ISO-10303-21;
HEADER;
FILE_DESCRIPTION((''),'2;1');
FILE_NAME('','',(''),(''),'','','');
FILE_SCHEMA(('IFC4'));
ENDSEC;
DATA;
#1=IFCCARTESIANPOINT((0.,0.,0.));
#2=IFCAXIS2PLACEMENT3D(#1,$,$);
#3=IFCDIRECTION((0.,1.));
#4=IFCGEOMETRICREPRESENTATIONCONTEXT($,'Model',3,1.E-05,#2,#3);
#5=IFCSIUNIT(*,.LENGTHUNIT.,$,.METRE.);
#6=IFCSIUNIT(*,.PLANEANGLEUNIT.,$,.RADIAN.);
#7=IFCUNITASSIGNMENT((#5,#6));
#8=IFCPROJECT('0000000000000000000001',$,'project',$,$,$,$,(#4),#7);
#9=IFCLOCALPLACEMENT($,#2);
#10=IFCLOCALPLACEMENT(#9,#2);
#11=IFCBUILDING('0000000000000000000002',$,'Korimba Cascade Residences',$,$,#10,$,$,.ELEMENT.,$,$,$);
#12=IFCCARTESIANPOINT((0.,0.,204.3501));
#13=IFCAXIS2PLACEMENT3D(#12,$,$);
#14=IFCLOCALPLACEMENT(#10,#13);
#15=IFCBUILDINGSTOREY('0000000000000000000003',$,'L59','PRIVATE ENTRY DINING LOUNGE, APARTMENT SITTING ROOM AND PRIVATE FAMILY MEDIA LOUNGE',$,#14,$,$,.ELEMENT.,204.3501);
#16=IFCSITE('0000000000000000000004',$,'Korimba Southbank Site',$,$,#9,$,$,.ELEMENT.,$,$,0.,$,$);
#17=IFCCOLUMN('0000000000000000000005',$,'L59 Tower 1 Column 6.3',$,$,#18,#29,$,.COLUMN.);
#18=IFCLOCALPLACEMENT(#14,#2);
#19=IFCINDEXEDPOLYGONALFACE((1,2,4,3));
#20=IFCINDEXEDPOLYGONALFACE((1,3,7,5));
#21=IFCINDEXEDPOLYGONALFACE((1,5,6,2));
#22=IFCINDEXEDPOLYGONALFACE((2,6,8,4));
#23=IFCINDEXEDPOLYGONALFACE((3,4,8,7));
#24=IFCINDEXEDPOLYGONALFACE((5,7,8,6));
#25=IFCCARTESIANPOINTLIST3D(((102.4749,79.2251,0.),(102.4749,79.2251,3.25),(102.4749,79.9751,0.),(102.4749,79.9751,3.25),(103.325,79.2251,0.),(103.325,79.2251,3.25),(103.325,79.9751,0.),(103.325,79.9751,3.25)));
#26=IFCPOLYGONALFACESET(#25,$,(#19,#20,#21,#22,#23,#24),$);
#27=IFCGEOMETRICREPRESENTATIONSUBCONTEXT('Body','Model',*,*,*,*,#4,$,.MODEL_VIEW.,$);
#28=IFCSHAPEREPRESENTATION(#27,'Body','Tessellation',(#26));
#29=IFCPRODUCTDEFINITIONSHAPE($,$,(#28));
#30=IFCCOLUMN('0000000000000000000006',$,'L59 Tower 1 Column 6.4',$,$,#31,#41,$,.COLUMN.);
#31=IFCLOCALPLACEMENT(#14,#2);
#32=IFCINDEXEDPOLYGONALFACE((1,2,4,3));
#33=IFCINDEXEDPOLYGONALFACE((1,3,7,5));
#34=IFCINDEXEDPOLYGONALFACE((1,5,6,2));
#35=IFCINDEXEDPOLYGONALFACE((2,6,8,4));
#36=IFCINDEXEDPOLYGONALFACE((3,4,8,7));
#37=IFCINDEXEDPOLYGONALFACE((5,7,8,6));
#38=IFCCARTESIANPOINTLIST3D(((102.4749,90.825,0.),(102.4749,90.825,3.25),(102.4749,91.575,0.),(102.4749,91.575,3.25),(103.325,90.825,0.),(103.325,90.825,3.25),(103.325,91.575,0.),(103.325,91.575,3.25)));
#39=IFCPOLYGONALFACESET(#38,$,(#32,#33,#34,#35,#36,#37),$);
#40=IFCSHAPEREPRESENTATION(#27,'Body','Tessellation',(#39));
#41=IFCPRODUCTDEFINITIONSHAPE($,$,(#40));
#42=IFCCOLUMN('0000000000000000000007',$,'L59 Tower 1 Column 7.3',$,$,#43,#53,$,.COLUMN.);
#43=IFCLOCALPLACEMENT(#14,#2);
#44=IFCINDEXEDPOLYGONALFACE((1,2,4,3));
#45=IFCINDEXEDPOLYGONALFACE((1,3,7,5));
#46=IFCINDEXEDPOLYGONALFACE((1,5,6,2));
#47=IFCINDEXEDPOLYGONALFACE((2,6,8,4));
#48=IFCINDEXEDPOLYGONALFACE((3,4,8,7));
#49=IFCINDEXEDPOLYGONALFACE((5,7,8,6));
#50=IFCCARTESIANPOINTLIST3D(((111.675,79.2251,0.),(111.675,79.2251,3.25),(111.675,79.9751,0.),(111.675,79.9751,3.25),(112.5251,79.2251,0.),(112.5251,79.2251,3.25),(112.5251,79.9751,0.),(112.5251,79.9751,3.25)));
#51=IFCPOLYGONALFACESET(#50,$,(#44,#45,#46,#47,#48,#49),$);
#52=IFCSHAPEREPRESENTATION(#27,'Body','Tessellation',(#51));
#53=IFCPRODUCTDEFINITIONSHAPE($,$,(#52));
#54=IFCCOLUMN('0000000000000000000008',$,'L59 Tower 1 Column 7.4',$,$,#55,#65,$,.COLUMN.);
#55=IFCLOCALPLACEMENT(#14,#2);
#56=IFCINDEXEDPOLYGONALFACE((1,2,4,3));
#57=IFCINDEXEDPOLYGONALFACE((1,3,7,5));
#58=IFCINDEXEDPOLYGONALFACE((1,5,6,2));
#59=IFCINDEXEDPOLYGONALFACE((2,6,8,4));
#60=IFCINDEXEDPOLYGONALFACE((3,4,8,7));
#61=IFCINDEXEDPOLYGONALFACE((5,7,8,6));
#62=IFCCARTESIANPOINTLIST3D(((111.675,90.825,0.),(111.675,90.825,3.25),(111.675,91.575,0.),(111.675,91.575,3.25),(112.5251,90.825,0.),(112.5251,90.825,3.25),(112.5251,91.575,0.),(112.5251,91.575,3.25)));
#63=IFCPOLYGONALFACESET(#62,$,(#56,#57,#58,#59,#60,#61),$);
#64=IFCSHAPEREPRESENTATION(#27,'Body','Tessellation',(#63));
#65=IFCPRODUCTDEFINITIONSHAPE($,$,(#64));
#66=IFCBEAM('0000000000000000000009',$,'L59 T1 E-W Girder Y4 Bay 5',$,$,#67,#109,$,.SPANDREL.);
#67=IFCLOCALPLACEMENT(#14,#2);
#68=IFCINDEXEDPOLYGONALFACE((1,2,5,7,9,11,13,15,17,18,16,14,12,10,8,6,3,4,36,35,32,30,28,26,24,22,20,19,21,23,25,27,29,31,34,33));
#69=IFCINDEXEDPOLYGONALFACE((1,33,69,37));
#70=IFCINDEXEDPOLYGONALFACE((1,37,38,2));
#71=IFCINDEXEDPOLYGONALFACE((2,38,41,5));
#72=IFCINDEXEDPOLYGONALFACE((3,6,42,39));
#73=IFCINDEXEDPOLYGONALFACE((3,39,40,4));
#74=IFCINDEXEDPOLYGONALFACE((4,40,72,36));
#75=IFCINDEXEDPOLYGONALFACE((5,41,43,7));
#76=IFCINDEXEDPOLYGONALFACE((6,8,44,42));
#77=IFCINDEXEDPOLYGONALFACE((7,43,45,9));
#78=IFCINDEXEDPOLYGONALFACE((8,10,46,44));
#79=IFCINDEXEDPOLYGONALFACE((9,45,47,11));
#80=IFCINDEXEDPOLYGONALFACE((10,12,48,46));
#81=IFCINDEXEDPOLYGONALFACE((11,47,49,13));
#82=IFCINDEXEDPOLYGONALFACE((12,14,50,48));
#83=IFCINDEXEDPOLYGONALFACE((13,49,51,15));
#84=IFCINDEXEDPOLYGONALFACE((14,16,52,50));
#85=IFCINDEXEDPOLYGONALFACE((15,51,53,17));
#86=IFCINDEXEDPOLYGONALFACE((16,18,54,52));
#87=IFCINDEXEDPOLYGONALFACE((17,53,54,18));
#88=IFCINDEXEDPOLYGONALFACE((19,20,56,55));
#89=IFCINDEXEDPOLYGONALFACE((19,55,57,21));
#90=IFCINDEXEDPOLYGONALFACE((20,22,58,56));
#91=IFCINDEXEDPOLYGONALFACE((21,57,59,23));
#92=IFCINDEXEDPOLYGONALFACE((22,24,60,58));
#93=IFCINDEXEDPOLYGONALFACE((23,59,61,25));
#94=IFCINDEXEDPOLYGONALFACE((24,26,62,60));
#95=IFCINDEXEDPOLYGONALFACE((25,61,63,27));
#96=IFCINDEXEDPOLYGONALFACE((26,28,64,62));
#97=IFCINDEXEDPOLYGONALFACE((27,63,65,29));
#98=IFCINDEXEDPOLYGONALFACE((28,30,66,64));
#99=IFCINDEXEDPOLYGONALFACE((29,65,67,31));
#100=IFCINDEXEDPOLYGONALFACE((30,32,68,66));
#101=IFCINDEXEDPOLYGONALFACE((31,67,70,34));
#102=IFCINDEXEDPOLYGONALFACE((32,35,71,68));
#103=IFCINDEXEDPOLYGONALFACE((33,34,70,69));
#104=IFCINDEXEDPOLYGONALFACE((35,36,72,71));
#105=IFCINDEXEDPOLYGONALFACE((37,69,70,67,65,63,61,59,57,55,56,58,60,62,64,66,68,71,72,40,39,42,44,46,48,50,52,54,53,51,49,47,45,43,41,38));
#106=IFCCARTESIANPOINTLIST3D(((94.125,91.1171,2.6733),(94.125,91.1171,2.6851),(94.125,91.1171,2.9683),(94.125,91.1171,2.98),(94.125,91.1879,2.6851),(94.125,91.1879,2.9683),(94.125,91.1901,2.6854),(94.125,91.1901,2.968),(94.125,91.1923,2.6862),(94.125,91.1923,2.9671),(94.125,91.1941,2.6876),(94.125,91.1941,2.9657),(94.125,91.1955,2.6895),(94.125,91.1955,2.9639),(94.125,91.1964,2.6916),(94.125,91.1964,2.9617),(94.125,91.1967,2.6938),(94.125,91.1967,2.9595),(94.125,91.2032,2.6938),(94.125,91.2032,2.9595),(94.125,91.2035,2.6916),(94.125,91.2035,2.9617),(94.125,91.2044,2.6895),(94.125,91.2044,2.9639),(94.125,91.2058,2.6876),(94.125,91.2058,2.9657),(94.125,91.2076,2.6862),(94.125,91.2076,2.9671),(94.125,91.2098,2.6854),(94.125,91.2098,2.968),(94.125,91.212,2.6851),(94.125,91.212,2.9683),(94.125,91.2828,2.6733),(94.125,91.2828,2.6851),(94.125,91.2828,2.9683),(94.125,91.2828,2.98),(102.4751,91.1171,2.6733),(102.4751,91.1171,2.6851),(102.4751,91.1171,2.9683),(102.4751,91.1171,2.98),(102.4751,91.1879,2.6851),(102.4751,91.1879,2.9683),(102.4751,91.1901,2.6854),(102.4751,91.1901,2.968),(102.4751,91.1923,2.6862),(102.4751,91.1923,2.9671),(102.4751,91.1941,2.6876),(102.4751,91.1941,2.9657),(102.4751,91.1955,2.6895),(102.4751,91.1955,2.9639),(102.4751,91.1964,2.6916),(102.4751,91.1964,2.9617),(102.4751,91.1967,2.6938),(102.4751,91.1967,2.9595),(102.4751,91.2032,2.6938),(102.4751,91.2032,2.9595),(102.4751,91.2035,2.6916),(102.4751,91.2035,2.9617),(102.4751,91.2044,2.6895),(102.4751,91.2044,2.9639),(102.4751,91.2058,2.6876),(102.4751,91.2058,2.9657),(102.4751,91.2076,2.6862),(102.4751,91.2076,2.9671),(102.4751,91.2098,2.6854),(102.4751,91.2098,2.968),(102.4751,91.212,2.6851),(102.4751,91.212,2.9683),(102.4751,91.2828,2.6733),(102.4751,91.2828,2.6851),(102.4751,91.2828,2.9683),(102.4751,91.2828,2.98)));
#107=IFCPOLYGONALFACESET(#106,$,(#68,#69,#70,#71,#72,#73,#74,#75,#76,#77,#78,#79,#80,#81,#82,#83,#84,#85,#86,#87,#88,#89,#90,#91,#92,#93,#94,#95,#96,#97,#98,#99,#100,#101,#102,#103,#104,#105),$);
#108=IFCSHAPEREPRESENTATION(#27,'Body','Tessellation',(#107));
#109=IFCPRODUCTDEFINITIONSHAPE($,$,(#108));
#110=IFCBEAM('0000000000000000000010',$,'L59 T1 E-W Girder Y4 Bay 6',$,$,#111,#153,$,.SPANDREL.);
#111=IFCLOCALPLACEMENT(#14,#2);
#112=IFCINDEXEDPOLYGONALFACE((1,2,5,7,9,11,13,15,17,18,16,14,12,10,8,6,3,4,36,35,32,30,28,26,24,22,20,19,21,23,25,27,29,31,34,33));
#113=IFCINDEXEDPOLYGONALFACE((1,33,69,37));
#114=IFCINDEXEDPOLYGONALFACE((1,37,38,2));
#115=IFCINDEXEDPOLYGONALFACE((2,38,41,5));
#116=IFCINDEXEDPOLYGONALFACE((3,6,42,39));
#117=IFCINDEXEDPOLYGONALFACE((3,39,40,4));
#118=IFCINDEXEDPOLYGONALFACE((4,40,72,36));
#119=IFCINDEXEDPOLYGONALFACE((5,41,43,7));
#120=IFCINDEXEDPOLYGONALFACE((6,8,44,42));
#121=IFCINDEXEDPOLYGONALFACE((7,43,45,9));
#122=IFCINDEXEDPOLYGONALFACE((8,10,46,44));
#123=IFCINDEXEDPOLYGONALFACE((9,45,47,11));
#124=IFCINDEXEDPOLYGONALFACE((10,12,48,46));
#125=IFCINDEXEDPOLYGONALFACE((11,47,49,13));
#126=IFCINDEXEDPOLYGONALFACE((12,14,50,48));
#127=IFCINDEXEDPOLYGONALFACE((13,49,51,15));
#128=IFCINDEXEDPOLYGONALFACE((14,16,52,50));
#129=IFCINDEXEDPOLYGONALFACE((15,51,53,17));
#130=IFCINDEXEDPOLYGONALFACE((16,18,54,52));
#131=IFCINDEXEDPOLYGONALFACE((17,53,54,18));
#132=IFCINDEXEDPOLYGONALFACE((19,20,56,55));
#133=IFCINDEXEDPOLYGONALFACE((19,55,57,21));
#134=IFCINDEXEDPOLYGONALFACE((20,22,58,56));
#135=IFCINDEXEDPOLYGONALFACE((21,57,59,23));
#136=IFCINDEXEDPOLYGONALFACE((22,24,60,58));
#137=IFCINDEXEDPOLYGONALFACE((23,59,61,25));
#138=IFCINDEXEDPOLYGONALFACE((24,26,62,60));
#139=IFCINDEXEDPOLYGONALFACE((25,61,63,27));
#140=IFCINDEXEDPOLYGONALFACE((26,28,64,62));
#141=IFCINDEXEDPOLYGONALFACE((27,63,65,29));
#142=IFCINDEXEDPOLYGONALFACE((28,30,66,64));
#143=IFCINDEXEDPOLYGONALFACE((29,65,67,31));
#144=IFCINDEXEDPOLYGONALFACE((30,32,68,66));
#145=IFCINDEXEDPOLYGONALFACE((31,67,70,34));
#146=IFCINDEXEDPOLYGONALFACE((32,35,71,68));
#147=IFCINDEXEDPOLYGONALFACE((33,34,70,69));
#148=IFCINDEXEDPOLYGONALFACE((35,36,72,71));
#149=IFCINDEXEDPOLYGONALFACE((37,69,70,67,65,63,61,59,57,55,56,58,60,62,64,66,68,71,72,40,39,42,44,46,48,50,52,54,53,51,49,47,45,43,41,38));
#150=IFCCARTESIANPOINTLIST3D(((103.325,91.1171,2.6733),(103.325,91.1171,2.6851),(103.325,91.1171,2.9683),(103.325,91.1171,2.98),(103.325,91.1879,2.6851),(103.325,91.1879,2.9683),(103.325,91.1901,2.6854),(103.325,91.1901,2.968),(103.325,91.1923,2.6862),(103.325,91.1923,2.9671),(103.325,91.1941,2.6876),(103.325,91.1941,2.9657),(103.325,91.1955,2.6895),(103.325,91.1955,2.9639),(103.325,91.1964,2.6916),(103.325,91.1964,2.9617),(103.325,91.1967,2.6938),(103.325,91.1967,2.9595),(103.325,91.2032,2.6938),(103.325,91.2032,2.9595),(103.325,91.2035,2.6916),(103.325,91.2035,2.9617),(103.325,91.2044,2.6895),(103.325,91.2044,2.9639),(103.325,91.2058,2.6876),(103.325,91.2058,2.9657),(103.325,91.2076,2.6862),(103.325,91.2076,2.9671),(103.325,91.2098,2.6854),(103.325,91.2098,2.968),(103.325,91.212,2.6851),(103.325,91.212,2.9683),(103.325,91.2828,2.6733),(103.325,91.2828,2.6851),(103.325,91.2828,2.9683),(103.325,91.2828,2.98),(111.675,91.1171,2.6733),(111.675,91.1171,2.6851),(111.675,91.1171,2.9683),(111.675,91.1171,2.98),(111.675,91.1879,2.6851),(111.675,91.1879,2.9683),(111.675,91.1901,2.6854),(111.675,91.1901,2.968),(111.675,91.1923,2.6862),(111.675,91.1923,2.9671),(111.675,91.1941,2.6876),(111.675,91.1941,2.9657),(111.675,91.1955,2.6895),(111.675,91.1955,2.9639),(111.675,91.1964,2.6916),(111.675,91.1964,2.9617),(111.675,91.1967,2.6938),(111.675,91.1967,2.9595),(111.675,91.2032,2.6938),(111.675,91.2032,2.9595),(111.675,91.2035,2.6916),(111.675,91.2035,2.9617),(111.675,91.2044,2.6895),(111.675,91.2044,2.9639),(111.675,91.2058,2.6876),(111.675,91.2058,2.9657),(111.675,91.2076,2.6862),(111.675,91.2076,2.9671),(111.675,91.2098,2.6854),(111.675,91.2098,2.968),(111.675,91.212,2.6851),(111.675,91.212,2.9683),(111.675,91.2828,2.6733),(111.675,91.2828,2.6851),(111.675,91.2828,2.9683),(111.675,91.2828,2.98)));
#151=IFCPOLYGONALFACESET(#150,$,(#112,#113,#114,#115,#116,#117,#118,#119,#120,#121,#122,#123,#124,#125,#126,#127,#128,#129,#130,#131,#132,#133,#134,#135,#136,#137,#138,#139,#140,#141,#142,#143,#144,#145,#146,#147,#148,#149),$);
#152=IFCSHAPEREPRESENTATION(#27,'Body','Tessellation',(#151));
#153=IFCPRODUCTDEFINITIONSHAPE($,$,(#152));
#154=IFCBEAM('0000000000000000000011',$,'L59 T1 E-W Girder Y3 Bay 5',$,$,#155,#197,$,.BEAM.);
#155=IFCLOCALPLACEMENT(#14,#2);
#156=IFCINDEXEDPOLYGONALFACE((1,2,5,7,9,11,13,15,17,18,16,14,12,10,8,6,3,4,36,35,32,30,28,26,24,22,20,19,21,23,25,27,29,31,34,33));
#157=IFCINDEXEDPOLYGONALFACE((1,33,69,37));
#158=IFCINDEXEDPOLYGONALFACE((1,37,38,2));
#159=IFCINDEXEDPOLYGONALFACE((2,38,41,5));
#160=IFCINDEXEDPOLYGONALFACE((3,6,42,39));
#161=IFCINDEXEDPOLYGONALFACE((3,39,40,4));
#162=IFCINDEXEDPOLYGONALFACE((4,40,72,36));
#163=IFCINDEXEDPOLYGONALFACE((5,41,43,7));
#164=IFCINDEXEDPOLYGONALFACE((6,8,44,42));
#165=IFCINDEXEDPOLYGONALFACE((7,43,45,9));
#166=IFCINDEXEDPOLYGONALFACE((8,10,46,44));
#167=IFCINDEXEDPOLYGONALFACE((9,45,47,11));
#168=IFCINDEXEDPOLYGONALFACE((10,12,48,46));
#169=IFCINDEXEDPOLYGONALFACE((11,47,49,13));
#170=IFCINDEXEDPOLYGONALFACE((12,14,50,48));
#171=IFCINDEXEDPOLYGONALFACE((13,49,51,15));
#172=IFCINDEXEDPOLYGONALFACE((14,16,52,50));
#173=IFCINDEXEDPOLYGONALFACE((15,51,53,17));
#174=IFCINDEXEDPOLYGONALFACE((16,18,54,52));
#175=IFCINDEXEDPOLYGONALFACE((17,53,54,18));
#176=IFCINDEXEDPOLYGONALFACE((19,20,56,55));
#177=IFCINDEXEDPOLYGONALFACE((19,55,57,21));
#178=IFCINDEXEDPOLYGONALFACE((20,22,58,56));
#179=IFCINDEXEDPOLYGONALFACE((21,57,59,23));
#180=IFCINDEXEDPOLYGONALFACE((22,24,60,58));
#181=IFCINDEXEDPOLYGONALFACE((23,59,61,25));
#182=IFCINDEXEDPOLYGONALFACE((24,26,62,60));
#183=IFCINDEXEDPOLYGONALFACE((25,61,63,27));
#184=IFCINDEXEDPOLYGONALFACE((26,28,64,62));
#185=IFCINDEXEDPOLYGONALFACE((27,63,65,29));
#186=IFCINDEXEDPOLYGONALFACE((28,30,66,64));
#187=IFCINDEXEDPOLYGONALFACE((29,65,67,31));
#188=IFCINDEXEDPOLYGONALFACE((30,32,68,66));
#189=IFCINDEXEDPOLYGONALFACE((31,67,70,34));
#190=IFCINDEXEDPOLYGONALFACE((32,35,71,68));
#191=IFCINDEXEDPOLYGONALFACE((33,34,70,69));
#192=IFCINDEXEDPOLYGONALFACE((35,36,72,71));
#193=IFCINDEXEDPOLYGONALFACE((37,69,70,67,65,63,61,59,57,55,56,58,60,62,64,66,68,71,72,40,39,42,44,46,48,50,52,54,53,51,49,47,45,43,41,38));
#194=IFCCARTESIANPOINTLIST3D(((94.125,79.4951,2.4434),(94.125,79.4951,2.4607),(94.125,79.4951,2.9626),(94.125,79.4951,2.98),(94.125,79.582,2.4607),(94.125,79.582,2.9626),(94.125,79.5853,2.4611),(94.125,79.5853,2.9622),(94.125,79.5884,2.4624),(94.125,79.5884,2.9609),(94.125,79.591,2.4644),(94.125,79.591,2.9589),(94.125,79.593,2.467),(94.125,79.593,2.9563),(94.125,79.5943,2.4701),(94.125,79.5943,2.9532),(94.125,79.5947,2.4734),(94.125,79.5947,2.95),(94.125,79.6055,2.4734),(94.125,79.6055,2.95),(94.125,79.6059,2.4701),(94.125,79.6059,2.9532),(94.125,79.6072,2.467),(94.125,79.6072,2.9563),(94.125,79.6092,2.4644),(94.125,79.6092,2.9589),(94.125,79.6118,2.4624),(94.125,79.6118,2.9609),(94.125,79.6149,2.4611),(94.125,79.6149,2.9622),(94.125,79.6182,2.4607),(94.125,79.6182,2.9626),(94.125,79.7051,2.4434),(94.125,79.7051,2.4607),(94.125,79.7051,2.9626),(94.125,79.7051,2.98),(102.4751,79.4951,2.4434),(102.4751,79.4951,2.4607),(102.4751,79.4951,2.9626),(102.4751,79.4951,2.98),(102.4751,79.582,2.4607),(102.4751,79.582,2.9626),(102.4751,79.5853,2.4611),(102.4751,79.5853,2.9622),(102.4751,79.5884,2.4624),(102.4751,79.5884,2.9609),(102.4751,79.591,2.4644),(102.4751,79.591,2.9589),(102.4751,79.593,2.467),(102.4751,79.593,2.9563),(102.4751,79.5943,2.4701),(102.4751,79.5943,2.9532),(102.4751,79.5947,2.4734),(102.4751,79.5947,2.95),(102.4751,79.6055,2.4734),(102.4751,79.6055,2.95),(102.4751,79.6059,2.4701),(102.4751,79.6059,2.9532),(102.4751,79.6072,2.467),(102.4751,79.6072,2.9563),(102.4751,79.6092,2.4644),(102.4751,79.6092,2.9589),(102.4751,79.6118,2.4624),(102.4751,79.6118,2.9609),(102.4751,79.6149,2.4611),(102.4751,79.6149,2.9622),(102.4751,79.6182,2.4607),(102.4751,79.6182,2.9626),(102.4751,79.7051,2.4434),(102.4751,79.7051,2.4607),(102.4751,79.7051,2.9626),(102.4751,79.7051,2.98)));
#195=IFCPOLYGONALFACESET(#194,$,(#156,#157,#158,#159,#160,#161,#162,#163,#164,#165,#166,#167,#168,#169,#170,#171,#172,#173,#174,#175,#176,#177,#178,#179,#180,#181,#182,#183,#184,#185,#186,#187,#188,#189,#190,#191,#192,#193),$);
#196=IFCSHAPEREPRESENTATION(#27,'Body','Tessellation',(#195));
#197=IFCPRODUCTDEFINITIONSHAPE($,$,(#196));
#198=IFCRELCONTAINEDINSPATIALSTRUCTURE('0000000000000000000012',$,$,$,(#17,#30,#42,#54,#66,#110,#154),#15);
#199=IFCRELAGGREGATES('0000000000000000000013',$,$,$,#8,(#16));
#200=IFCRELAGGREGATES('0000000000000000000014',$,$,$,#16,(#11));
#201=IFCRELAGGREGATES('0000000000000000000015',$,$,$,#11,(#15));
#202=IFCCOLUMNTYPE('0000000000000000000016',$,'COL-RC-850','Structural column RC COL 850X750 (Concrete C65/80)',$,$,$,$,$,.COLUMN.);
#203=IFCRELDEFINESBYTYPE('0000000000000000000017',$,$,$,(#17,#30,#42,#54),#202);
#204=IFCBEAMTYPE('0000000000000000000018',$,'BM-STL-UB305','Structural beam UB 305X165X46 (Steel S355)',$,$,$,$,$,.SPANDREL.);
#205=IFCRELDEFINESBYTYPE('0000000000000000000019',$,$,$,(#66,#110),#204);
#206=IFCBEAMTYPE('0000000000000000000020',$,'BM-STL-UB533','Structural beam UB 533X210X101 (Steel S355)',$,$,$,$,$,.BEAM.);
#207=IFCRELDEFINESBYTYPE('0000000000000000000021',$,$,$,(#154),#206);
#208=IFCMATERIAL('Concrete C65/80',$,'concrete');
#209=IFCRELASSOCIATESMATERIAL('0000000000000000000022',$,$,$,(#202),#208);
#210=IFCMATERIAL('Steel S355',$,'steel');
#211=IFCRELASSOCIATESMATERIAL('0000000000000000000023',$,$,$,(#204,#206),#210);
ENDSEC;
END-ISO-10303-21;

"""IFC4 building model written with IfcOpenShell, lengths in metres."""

from ifc_helpers import new_model, si_unit, direction, frame, origin, origin_2d, place, context, subcontext, project, spatial, rectangle, i_section, extrude, material, material_profile, profile_set, type_object, element, save


model = new_model("IFC4")

# Units and contexts
model_context = context("Model", 3, precision=1e-05, world=origin(), true_north=direction((0.0, 1.0)))
body_context = subcontext(model_context, "Body", "Model", "MODEL_VIEW")
ifc_project = project(units=[si_unit("LENGTHUNIT", "METRE"), si_unit("PLANEANGLEUNIT", "RADIAN")], contexts=[model_context])

# Site, building, storey
site_placement = place(None, origin())
site = spatial("IfcSite", under=ifc_project, at=site_placement, Name="Korimba Southbank Site", CompositionType="ELEMENT", RefElevation=0.0)
building_placement = place(site_placement, origin())
building = spatial("IfcBuilding", under=site, at=building_placement, Name="Korimba Cascade Residences", CompositionType="ELEMENT")
storey_placement = place(building_placement, frame((0.0, 0.0, 204.3501)))
storey = spatial("IfcBuildingStorey", under=building, at=storey_placement, Name="L59", Description="PRIVATE ENTRY DINING LOUNGE, APARTMENT SITTING ROOM AND PRIVATE FAMILY MEDIA LOUNGE", CompositionType="ELEMENT", Elevation=204.3501)

# Columns
ifc_material_1 = material(Name="Concrete C65/80", Category="concrete")
ifc_material_profile_1 = material_profile(ifc_material_1, rectangle(XDim=0.8501, YDim=0.75, at=origin_2d()), Name="Concrete C65/80")
ifc_profile_set_1 = profile_set([ifc_material_profile_1], Name="Concrete C65/80")
column_type = type_object("IfcColumnType", Name="COL-RC-850", Description="Structural column RC COL 850X750 (Concrete C65/80)", PredefinedType="COLUMN", material=ifc_profile_set_1)
for number, where, z_axis, x_axis, name in (
    (1, (102.8999, 79.6001, 0.0), (0.0, 0.0, 1.0), (1.0, 0.0, 0.0), "L59 Tower 1 Column 6.3"),
    (2, (102.8999, 91.2, 0.0), (0.0, 0.0, 1.0), (1.0, 0.0, 0.0), "L59 Tower 1 Column 6.4"),
    (3, (112.1001, 79.6001, 0.0), (0.0, 0.0, 1.0), (1.0, 0.0, 0.0), "L59 Tower 1 Column 7.3"),
    (4, (112.1001, 91.2, 0.0), (0.0, 0.0, 1.0), (1.0, 0.0, 0.0), "L59 Tower 1 Column 7.4"),
):
    element("IfcColumn", number, at=place(storey_placement, frame(where, z_axis=z_axis, x_axis=x_axis)), inside=storey, type_object=column_type, Name=name, PredefinedType="COLUMN", context=body_context, shape_type="SweptSolid", body=[
        extrude(rectangle(XDim=0.8501, YDim=0.75, at=origin_2d()), origin(), (0.0, 0.0, 1.0), 3.25),
    ])

# Beams
ifc_material_2 = material(Name="Steel S355", Category="steel")
ifc_material_profile_2 = material_profile(ifc_material_2, i_section(OverallWidth=0.1658, OverallDepth=0.3066, WebThickness=0.0066, FlangeThickness=0.0117, FilletRadius=0.0088, at=origin_2d()), Name="Steel S355")
ifc_profile_set_2 = profile_set([ifc_material_profile_2], Name="Steel S355")
beam_type_1 = type_object("IfcBeamType", Name="BM-STL-UB305", Description="Structural beam UB 305X165X46 (Steel S355)", PredefinedType="SPANDREL", material=ifc_profile_set_2)
for number, where, z_axis, x_axis, name in (
    (5, (94.125, 91.2, 2.8267), (1.0, 0.0, 0.0), (0.0, 1.0, 0.0), "L59 T1 E-W Girder Y4 Bay 5"),
    (6, (103.325, 91.2, 2.8267), (1.0, 0.0, 0.0), (0.0, 1.0, 0.0), "L59 T1 E-W Girder Y4 Bay 6"),
):
    element("IfcBeam", number, at=place(storey_placement, frame(where, z_axis=z_axis, x_axis=x_axis)), inside=storey, type_object=beam_type_1, Name=name, PredefinedType="SPANDREL", context=body_context, shape_type="SweptSolid", body=[
        extrude(i_section(OverallWidth=0.1658, OverallDepth=0.3066, WebThickness=0.0066, FlangeThickness=0.0117, FilletRadius=0.0088, at=origin_2d()), origin(), (0.0, 0.0, 1.0), 8.3501),
    ])
ifc_material_profile_3 = material_profile(ifc_material_2, i_section(OverallWidth=0.21, OverallDepth=0.5366, WebThickness=0.0107, FlangeThickness=0.0173, FilletRadius=0.0127, at=origin_2d()), Name="Steel S355")
ifc_profile_set_3 = profile_set([ifc_material_profile_3], Name="Steel S355")
beam_type_2 = type_object("IfcBeamType", Name="BM-STL-UB533", Description="Structural beam UB 533X210X101 (Steel S355)", PredefinedType="BEAM", material=ifc_profile_set_3)
for number, where, z_axis, x_axis, name in (
    (7, (94.125, 79.6001, 2.7117), (1.0, 0.0, 0.0), (0.0, 1.0, 0.0), "L59 T1 E-W Girder Y3 Bay 5"),
):
    element("IfcBeam", number, at=place(storey_placement, frame(where, z_axis=z_axis, x_axis=x_axis)), inside=storey, type_object=beam_type_2, Name=name, PredefinedType="BEAM", context=body_context, shape_type="SweptSolid", body=[
        extrude(i_section(OverallWidth=0.21, OverallDepth=0.5366, WebThickness=0.0107, FlangeThickness=0.0173, FilletRadius=0.0127, at=origin_2d()), origin(), (0.0, 0.0, 1.0), 8.3501),
    ])

save(model, "model.ifc")
